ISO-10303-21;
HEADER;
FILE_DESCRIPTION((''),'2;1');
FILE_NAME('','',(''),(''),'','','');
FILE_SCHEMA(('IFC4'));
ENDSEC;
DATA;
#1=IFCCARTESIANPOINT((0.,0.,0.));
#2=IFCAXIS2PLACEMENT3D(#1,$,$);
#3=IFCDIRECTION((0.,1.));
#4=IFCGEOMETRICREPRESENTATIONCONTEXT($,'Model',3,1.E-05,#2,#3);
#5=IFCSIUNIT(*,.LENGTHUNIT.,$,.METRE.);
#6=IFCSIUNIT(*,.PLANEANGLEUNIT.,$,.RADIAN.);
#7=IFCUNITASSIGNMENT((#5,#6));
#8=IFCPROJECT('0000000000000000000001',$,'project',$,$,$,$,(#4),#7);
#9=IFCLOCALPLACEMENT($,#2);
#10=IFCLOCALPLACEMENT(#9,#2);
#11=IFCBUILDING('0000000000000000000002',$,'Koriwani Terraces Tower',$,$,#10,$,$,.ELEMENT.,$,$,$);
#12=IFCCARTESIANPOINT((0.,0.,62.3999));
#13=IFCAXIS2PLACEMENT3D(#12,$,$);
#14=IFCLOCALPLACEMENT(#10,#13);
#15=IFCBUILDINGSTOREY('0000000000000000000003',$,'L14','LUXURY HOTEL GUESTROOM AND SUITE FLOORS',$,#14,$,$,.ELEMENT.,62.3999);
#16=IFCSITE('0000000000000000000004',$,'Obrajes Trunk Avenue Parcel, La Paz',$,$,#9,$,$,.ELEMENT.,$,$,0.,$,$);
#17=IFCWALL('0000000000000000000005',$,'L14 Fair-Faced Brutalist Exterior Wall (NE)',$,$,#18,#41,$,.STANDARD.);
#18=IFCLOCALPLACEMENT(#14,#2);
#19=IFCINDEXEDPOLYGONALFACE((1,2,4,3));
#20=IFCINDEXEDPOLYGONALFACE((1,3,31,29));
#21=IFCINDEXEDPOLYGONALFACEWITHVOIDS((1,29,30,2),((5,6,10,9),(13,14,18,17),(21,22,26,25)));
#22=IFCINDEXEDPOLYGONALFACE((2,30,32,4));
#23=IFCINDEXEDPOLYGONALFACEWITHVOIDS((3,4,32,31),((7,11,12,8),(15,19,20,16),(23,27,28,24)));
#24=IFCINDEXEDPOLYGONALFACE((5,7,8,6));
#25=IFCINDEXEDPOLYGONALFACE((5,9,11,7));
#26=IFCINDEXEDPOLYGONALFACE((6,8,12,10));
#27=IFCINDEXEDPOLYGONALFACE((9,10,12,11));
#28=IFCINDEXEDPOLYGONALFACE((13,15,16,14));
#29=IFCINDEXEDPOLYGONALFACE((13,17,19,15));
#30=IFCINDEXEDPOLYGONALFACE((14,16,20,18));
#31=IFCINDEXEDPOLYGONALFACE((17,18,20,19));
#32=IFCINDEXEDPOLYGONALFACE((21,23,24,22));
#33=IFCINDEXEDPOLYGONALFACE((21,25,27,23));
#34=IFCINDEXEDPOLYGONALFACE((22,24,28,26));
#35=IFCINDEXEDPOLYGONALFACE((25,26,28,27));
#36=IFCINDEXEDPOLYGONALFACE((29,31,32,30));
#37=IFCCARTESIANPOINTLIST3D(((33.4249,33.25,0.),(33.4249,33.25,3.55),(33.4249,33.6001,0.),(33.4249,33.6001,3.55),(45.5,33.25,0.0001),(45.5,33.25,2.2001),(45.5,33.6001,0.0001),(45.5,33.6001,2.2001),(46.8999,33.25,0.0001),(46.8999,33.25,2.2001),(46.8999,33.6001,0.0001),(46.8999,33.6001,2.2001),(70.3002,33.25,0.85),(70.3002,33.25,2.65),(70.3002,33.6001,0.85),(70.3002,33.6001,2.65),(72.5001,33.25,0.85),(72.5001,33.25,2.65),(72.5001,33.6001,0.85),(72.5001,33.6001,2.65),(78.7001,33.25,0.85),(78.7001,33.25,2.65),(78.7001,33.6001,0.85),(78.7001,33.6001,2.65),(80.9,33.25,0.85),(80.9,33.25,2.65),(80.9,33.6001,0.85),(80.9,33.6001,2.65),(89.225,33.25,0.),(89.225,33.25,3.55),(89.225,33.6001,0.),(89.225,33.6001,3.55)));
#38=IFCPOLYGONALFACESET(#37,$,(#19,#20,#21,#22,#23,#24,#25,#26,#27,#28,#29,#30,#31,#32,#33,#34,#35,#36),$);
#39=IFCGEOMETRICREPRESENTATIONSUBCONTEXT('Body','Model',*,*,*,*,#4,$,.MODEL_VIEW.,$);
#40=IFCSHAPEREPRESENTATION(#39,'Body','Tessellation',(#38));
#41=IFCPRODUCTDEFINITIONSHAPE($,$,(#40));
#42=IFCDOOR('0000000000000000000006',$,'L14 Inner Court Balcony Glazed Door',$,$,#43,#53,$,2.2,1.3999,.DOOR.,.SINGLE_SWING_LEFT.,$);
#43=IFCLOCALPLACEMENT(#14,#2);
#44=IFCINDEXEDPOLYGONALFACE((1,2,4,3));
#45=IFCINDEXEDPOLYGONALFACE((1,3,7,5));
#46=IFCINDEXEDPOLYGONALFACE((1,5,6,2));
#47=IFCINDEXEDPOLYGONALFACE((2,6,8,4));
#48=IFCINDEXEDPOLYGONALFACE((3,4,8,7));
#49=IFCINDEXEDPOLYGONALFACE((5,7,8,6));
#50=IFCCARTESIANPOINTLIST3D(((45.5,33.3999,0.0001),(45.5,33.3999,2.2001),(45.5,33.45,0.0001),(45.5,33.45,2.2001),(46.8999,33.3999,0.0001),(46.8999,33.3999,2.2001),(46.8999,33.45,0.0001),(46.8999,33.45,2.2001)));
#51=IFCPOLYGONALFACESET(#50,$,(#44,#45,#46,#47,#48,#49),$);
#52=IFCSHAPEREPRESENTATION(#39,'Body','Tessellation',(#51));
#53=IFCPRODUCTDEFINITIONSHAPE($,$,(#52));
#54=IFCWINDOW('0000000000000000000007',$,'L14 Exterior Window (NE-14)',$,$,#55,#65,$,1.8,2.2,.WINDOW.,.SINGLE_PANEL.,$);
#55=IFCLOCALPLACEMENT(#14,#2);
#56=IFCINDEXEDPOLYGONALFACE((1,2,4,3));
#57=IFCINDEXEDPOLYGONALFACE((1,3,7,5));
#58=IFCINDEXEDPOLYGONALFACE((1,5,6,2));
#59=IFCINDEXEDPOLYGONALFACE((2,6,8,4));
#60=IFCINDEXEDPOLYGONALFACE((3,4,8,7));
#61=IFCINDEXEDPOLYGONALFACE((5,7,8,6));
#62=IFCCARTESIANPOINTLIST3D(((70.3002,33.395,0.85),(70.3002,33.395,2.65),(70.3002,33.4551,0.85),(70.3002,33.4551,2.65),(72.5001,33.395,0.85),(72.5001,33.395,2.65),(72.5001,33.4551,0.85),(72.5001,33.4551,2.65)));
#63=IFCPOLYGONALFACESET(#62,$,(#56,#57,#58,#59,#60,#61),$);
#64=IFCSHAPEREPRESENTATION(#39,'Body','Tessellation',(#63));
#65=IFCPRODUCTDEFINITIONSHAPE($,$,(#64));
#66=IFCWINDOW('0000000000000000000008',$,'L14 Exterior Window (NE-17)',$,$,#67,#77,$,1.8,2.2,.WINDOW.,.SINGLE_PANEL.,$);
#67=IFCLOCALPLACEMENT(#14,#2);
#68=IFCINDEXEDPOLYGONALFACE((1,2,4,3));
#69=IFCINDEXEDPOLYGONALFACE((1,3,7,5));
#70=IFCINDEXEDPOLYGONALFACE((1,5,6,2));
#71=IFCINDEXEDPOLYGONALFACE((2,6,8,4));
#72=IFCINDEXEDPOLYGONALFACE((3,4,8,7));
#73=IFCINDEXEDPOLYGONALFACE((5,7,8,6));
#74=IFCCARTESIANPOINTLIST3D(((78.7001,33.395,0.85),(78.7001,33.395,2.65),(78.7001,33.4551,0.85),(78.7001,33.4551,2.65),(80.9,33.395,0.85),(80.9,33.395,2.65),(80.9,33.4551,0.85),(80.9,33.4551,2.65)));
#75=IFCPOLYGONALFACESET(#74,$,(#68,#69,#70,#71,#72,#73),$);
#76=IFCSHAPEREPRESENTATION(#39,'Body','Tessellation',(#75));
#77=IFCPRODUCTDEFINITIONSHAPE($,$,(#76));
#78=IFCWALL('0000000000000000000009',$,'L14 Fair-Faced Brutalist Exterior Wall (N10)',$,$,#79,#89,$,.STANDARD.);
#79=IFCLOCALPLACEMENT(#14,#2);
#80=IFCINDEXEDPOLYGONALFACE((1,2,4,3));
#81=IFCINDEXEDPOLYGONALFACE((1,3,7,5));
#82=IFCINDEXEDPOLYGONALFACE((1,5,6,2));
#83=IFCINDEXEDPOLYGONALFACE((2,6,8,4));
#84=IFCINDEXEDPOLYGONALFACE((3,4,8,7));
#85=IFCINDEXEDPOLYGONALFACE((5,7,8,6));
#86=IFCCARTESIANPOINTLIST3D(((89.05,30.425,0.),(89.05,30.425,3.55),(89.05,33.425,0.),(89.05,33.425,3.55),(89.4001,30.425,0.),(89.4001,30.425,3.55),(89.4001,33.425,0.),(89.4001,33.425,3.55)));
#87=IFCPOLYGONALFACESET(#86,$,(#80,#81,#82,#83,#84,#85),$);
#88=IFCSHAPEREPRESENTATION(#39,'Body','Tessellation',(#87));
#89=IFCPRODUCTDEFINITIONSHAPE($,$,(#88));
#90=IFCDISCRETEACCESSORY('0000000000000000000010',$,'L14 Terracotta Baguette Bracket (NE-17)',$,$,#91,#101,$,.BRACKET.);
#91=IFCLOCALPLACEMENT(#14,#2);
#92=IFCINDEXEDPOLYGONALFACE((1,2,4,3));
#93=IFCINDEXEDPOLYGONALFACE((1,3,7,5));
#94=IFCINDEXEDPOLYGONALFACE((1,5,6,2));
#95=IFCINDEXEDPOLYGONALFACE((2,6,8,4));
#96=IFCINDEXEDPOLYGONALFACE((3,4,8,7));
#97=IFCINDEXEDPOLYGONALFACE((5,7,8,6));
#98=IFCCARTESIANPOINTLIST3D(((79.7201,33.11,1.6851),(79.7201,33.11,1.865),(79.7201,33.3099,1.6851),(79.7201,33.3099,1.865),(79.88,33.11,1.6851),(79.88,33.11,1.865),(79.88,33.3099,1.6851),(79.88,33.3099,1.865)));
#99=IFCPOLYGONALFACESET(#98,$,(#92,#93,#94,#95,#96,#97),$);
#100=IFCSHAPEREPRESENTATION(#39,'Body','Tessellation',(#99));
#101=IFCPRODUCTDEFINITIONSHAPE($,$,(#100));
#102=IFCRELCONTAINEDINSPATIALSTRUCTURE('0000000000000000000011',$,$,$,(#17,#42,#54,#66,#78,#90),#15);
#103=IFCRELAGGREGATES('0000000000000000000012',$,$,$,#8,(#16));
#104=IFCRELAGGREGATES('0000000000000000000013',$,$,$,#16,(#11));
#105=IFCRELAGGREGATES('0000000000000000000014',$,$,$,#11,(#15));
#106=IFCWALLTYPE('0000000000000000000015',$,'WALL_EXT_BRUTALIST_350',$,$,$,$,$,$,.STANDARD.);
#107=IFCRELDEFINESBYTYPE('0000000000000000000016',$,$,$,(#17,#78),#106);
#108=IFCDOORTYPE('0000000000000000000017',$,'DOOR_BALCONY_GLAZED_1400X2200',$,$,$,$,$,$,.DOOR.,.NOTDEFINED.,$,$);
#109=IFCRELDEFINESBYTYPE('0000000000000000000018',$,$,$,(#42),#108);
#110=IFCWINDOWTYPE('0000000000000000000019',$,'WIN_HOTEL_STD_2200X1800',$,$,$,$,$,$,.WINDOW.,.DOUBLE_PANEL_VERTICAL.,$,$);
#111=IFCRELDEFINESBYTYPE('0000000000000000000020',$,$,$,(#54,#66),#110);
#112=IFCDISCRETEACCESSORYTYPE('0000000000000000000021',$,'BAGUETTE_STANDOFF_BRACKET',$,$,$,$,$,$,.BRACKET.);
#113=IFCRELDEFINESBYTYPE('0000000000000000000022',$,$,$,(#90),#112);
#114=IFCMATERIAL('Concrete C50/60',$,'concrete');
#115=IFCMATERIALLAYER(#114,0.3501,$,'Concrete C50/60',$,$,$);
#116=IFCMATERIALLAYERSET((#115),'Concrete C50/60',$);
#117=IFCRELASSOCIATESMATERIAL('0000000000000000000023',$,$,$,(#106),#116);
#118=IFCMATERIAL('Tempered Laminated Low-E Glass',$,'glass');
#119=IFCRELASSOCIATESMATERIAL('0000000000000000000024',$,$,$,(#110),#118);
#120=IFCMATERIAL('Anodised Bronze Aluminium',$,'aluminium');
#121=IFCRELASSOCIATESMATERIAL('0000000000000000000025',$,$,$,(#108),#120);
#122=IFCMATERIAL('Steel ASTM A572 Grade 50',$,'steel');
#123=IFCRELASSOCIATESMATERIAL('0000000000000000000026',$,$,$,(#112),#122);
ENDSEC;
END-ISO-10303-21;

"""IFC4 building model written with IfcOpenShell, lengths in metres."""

from ifc_helpers import new_model, si_unit, direction, frame, frame_2d, origin, origin_2d, place, context, subcontext, project, spatial, rectangle, extrude, material, layer, layer_set, type_object, element, fill, save


model = new_model("IFC4")

# Units and contexts
model_context = context("Model", 3, precision=1e-05, world=origin(), true_north=direction((0.0, 1.0)))
body_context = subcontext(model_context, "Body", "Model", "MODEL_VIEW")
ifc_project = project(units=[si_unit("LENGTHUNIT", "METRE"), si_unit("PLANEANGLEUNIT", "RADIAN")], contexts=[model_context])

# Site, building, storey
site_placement = place(None, origin())
site = spatial("IfcSite", under=ifc_project, at=site_placement, Name="Obrajes Trunk Avenue Parcel, La Paz", CompositionType="ELEMENT", RefElevation=0.0)
building_placement = place(site_placement, origin())
building = spatial("IfcBuilding", under=site, at=building_placement, Name="Koriwani Terraces Tower", CompositionType="ELEMENT")
storey_placement = place(building_placement, frame((0.0, 0.0, 62.3999)))
storey = spatial("IfcBuildingStorey", under=building, at=storey_placement, Name="L14", Description="LUXURY HOTEL GUESTROOM AND SUITE FLOORS", CompositionType="ELEMENT", Elevation=62.3999)

# Shared definitions
ifc_material_1 = material(Name="Anodised Bronze Aluminium", Category="aluminium")
ifc_material_2 = material(Name="Tempered Laminated Low-E Glass", Category="glass")

# Shared definitions
ifc_material_3 = material(Name="Concrete C50/60", Category="concrete")
ifc_layer_1 = layer(ifc_material_3, 0.3501, Name="Concrete C50/60")
ifc_layer_set_1 = layer_set([ifc_layer_1], Name="Concrete C50/60")
wall_type = type_object("IfcWallType", Name="WALL_EXT_BRUTALIST_350", PredefinedType="STANDARD", material=ifc_layer_set_1)

# Shared definitions
window_type = type_object("IfcWindowType", Name="WIN_HOTEL_STD_2200X1800", PartitioningType="DOUBLE_PANEL_VERTICAL", PredefinedType="WINDOW", material=ifc_material_2)

# Wall, openings, door, windows
wall_1_placement = place(storey_placement, frame((33.425, 33.425, 0.0), z_axis=(0.0, 0.0, 1.0), x_axis=(1.0, 0.0, 0.0)))
wall_1 = element("IfcWall", 1, at=wall_1_placement, inside=storey, type_object=wall_type, Name="L14 Fair-Faced Brutalist Exterior Wall (NE)", PredefinedType="STANDARD", context=body_context, shape_type="SweptSolid", body=[
    extrude(rectangle(XDim=55.8, YDim=0.3501, at=frame_2d((27.8999, 0.0))), origin(), (0.0, 0.0, 1.0), 3.55),
])
opening_1_placement = place(wall_1_placement, frame((12.075, 0.0, 0.0)))
opening_1 = element("IfcOpeningElement", 2, at=opening_1_placement, cuts=wall_1, PredefinedType="OPENING", context=body_context, shape_type="SweptSolid", body=[
    extrude(rectangle(XDim=1.3999, YDim=2.2, at=frame_2d((0.7, 1.1001))), frame((0.0, 0.1851, 0.0), z_axis=(0.0, -1.0, 0.0), x_axis=(1.0, 0.0, 0.0)), (0.0, 0.0, 1.0), 0.3701),
])
opening_2_placement = place(wall_1_placement, frame((36.875, 0.0, 0.8501)))
opening_2 = element("IfcOpeningElement", 3, at=opening_2_placement, cuts=wall_1, PredefinedType="OPENING", context=body_context, shape_type="SweptSolid", body=[
    extrude(rectangle(XDim=2.2, YDim=1.8, at=frame_2d((1.1001, 0.8999))), frame((0.0, 0.1851, 0.0), z_axis=(0.0, -1.0, 0.0), x_axis=(1.0, 0.0, 0.0)), (0.0, 0.0, 1.0), 0.3701),
])
opening_3_placement = place(wall_1_placement, frame((45.2749, 0.0, 0.8501)))
opening_3 = element("IfcOpeningElement", 4, at=opening_3_placement, cuts=wall_1, PredefinedType="OPENING", context=body_context, shape_type="SweptSolid", body=[
    extrude(rectangle(XDim=2.2, YDim=1.8, at=frame_2d((1.1001, 0.8999))), frame((0.0, 0.1851, 0.0), z_axis=(0.0, -1.0, 0.0), x_axis=(1.0, 0.0, 0.0)), (0.0, 0.0, 1.0), 0.3701),
])
door_type = type_object("IfcDoorType", Name="DOOR_BALCONY_GLAZED_1400X2200", OperationType="NOTDEFINED", PredefinedType="DOOR", material=ifc_material_1)
door_placement = place(opening_1_placement, origin())
door = element("IfcDoor", 5, at=door_placement, inside=storey, type_object=door_type, Name="L14 Inner Court Balcony Glazed Door", OperationType="SINGLE_SWING_LEFT", OverallHeight=2.2, OverallWidth=1.3999, PredefinedType="DOOR", context=body_context, shape_type="SweptSolid", body=[
    extrude(rectangle(XDim=1.3999, YDim=2.2, at=frame_2d((0.7, 1.1001))), frame((0.0, 0.0249, 0.0), z_axis=(0.0, -1.0, 0.0), x_axis=(1.0, 0.0, 0.0)), (0.0, 0.0, 1.0), 0.05),
])
fill(opening_1, door)
window_1_placement = place(opening_2_placement, origin())
window_1 = element("IfcWindow", 6, at=window_1_placement, inside=storey, type_object=window_type, Name="L14 Exterior Window (NE-14)", OverallHeight=1.8, OverallWidth=2.2, PartitioningType="SINGLE_PANEL", PredefinedType="WINDOW", context=body_context, shape_type="SweptSolid", body=[
    extrude(rectangle(XDim=2.2, YDim=1.8, at=frame_2d((1.1001, 0.8999))), frame((0.0, 0.03, 0.0), z_axis=(0.0, -1.0, 0.0), x_axis=(1.0, 0.0, 0.0)), (0.0, 0.0, 1.0), 0.0601),
])
fill(opening_2, window_1)
window_2_placement = place(opening_3_placement, origin())
window_2 = element("IfcWindow", 7, at=window_2_placement, inside=storey, type_object=window_type, Name="L14 Exterior Window (NE-17)", OverallHeight=1.8, OverallWidth=2.2, PartitioningType="SINGLE_PANEL", PredefinedType="WINDOW", context=body_context, shape_type="SweptSolid", body=[
    extrude(rectangle(XDim=2.2, YDim=1.8, at=frame_2d((1.1001, 0.8999))), frame((0.0, 0.03, 0.0), z_axis=(0.0, -1.0, 0.0), x_axis=(1.0, 0.0, 0.0)), (0.0, 0.0, 1.0), 0.0601),
])
fill(opening_3, window_2)

# Wall
wall_2_placement = place(storey_placement, frame((89.2251, 33.425, 0.0), z_axis=(0.0, 0.0, 1.0), x_axis=(0.0, -1.0, 0.0)))
element("IfcWall", 8, at=wall_2_placement, inside=storey, type_object=wall_type, Name="L14 Fair-Faced Brutalist Exterior Wall (N10)", PredefinedType="STANDARD", context=body_context, shape_type="SweptSolid", body=[
    extrude(rectangle(XDim=3.0, YDim=0.3501, at=frame_2d((1.5, 0.0))), origin(), (0.0, 0.0, 1.0), 3.55),
])

# Shared definitions
ifc_material_4 = material(Name="Steel ASTM A572 Grade 50", Category="steel")

# Discrete accessory
discrete_accessory_type = type_object("IfcDiscreteAccessoryType", Name="BAGUETTE_STANDOFF_BRACKET", PredefinedType="BRACKET", material=ifc_material_4)
discrete_accessory_placement = place(storey_placement, frame((79.8, 33.21, 1.6851), z_axis=(0.0, 0.0, 1.0), x_axis=(1.0, 0.0, 0.0)))
element("IfcDiscreteAccessory", 9, at=discrete_accessory_placement, inside=storey, type_object=discrete_accessory_type, Name="L14 Terracotta Baguette Bracket (NE-17)", PredefinedType="BRACKET", context=body_context, shape_type="SweptSolid", body=[
    extrude(rectangle(XDim=0.1599, YDim=0.2, at=origin_2d()), origin(), (0.0, 0.0, 1.0), 0.1799),
])

save(model, "model.ifc")
